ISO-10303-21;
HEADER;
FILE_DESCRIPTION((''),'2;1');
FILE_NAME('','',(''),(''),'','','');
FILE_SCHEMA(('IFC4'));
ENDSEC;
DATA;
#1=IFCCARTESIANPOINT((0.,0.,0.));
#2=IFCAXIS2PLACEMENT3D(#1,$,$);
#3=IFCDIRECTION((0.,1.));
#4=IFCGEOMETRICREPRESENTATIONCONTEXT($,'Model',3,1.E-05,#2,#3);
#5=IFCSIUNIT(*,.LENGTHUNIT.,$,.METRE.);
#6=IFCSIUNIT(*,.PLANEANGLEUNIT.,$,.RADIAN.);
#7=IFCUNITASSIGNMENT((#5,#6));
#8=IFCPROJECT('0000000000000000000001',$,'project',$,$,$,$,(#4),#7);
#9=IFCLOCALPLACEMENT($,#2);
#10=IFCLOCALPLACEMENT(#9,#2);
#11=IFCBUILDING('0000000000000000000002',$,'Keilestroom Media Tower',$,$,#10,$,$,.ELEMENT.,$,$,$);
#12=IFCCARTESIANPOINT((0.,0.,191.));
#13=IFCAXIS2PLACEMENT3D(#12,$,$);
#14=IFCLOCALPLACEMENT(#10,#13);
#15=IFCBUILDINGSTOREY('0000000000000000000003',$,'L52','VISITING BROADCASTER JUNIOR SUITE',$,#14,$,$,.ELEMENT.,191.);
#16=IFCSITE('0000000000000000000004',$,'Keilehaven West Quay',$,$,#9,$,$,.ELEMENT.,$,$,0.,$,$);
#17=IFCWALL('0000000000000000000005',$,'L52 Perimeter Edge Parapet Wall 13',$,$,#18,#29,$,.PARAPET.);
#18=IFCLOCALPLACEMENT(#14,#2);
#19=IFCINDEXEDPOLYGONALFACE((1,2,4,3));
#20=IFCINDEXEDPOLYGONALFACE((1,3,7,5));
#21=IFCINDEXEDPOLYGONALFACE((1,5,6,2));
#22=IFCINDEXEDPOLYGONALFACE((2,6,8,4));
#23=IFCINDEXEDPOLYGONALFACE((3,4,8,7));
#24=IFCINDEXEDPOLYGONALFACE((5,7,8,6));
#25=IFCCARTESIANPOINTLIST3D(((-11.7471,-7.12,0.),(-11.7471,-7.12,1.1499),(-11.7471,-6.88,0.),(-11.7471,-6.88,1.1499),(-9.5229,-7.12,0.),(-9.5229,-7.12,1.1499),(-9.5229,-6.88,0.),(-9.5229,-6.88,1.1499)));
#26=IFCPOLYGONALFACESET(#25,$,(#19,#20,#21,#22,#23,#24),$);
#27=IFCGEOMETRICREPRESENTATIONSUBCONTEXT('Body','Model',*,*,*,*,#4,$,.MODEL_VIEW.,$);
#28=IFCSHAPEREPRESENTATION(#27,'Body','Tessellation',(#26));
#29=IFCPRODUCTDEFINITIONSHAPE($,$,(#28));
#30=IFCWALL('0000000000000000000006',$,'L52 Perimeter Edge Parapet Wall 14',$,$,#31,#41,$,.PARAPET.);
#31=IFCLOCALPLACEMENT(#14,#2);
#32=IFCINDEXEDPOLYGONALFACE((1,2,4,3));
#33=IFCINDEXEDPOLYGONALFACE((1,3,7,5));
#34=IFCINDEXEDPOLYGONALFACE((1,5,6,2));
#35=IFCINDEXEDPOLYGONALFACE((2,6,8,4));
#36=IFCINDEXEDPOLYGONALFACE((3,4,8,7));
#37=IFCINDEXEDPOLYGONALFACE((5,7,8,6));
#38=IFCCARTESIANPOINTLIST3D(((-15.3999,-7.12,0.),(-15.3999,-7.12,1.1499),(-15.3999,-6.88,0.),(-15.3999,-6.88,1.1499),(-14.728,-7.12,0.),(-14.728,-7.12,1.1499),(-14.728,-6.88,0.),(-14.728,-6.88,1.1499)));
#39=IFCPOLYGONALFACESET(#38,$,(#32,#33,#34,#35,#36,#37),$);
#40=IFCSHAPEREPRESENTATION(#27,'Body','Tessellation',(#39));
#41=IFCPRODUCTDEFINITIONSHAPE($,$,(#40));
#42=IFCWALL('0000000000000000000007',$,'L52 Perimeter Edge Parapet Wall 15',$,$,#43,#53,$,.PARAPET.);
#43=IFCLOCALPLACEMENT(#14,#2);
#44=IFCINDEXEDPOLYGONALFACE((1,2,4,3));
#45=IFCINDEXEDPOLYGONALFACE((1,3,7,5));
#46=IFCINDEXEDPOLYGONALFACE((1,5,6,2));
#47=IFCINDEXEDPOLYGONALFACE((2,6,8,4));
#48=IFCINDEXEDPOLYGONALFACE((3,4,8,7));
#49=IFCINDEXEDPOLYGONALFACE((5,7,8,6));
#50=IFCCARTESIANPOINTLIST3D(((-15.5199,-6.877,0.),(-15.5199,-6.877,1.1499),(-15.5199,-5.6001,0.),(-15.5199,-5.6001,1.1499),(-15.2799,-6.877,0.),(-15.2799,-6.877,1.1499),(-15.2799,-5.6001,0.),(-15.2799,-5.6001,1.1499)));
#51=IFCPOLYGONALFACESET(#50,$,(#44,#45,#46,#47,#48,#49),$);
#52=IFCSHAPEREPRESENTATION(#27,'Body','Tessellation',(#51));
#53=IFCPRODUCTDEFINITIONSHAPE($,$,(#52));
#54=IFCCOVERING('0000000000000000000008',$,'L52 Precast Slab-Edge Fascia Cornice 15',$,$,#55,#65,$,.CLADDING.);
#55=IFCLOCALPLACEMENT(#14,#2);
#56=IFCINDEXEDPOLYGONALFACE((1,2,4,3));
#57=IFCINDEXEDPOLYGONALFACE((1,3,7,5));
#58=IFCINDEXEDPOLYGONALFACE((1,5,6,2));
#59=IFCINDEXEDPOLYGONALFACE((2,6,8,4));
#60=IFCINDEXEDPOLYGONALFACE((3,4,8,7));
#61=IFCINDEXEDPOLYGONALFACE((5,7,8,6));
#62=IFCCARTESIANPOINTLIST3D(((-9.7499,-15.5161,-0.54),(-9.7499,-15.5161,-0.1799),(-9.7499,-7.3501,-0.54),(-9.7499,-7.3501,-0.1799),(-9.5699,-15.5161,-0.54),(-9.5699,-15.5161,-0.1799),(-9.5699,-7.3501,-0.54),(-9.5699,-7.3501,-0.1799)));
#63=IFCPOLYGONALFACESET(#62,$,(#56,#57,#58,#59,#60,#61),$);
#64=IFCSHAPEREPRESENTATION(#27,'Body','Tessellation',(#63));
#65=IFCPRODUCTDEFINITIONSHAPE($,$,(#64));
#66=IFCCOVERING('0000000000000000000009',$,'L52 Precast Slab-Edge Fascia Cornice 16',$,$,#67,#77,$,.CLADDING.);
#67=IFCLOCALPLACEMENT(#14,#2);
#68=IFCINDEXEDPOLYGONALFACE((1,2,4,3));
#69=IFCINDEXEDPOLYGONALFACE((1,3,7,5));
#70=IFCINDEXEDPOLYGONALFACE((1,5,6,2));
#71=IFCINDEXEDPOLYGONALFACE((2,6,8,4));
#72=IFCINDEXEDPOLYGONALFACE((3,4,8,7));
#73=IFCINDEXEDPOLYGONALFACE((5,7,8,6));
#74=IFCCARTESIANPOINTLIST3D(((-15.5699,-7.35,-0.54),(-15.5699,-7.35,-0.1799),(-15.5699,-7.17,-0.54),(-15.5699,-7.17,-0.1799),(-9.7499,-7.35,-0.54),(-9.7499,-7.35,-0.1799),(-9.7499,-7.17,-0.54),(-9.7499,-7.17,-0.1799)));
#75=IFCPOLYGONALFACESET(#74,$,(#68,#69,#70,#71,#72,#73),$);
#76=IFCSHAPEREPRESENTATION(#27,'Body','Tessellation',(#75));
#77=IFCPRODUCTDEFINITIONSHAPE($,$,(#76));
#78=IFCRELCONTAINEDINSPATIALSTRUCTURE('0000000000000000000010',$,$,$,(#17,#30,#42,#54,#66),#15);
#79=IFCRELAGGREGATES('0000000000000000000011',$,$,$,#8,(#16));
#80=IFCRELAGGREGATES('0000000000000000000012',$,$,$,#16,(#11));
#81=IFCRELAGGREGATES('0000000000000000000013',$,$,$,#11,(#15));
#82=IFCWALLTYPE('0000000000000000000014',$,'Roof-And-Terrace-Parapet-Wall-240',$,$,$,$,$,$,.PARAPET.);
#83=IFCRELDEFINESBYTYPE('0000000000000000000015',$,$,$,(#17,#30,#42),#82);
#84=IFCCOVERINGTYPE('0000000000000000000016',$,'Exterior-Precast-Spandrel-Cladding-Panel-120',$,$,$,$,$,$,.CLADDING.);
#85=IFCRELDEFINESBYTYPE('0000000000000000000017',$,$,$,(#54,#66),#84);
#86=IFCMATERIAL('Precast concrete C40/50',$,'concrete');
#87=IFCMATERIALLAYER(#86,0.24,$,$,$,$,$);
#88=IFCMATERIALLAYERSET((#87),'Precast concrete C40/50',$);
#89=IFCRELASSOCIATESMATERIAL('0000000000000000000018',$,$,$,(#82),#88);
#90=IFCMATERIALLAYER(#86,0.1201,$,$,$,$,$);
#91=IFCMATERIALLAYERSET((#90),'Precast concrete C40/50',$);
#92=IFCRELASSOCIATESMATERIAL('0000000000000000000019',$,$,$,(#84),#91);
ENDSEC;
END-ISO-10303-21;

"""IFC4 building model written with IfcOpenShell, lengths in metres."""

from ifc_helpers import new_model, si_unit, direction, frame, frame_2d, origin, origin_2d, place, context, subcontext, project, spatial, rectangle, extrude, source, transform, mapped, material, layer, layer_set, type_object, element, save


model = new_model("IFC4")

# Units and contexts
model_context = context("Model", 3, precision=1e-05, world=origin(), true_north=direction((0.0, 1.0)))
body_context = subcontext(model_context, "Body", "Model", "MODEL_VIEW")
ifc_project = project(units=[si_unit("LENGTHUNIT", "METRE"), si_unit("PLANEANGLEUNIT", "RADIAN")], contexts=[model_context])

# Site, building, storey
site_placement = place(None, origin())
site = spatial("IfcSite", under=ifc_project, at=site_placement, Name="Keilehaven West Quay", CompositionType="ELEMENT", RefElevation=0.0)
building_placement = place(site_placement, origin())
building = spatial("IfcBuilding", under=site, at=building_placement, Name="Keilestroom Media Tower", CompositionType="ELEMENT")
storey_placement = place(building_placement, frame((0.0, 0.0, 191.0)))
storey = spatial("IfcBuildingStorey", under=building, at=storey_placement, Name="L52", Description="VISITING BROADCASTER JUNIOR SUITE", CompositionType="ELEMENT", Elevation=191.0)

# Shared definitions
ifc_material_1 = material(Name="Precast concrete C40/50", Category="concrete")

# Walls
ifc_layer_1 = layer(ifc_material_1, 0.24)
ifc_layer_set_1 = layer_set([ifc_layer_1], Name="Precast concrete C40/50")
wall_type_1 = type_object("IfcWallType", Name="Roof-And-Terrace-Parapet-Wall-240", PredefinedType="PARAPET", material=ifc_layer_set_1)
wall_1_placement = place(storey_placement, frame((-9.5229, -7.0, 0.0), z_axis=(0.0, 0.0, 1.0), x_axis=(-1.0, 0.0, 0.0)))
element("IfcWall", 1, at=wall_1_placement, inside=storey, type_object=wall_type_1, Name="L52 Perimeter Edge Parapet Wall 13", PredefinedType="PARAPET", context=body_context, shape_type="SweptSolid", body=[
    extrude(rectangle(XDim=2.2241, YDim=0.24, at=frame_2d((1.1121, 0.0))), origin(), (0.0, 0.0, 1.0), 1.1499),
])
wall_2_placement = place(storey_placement, frame((-14.728, -7.0, 0.0), z_axis=(0.0, 0.0, 1.0), x_axis=(-1.0, 0.0, 0.0)))
element("IfcWall", 2, at=wall_2_placement, inside=storey, type_object=wall_type_1, Name="L52 Perimeter Edge Parapet Wall 14", PredefinedType="PARAPET", context=body_context, shape_type="SweptSolid", body=[
    extrude(rectangle(XDim=0.6719, YDim=0.24, at=frame_2d((0.3359, 0.0))), origin(), (0.0, 0.0, 1.0), 1.1499),
])
wall_3_placement = place(storey_placement, frame((-15.3999, -6.877, 0.0), z_axis=(0.0, 0.0, 1.0), x_axis=(0.0, 1.0, 0.0)))
element("IfcWall", 3, at=wall_3_placement, inside=storey, type_object=wall_type_1, Name="L52 Perimeter Edge Parapet Wall 15", PredefinedType="PARAPET", context=body_context, shape_type="SweptSolid", body=[
    extrude(rectangle(XDim=1.2769, YDim=0.24, at=frame_2d((0.6384, 0.0))), origin(), (0.0, 0.0, 1.0), 1.1499),
])

# Coverings
ifc_layer_2 = layer(ifc_material_1, 0.1201)
ifc_layer_set_2 = layer_set([ifc_layer_2], Name="Precast concrete C40/50")
covering_type = type_object("IfcCoveringType", Name="Exterior-Precast-Spandrel-Cladding-Panel-120", PredefinedType="CLADDING", material=ifc_layer_set_2)
shared_shape_1 = source(origin(), body_context, "Body", "SweptSolid", [
    extrude(rectangle(XDim=8.166, YDim=0.1799, at=origin_2d()), origin(), (0.0, 0.0, 1.0), 0.3601),
])
covering_1_placement = place(storey_placement, frame((-9.6599, -11.4331, -0.54), z_axis=(0.0, 0.0, 1.0), x_axis=(0.0, 1.0, 0.0)))
element("IfcCovering", 4, at=covering_1_placement, inside=storey, type_object=covering_type, Name="L52 Precast Slab-Edge Fascia Cornice 15", PredefinedType="CLADDING", context=body_context, shape_type="MappedRepresentation", body=[
    mapped(shared_shape_1, transform((0.0, 0.0, 0.0), x_axis=(1.0, 0.0, 0.0), y_axis=(0.0, 1.0, 0.0), z_axis=(0.0, 0.0, 1.0), scale=1.0)),
])
shared_shape_2 = source(origin(), body_context, "Body", "SweptSolid", [
    extrude(rectangle(XDim=5.8201, YDim=0.1799, at=origin_2d()), origin(), (0.0, 0.0, 1.0), 0.3601),
])
covering_2_placement = place(storey_placement, frame((-12.6599, -7.26, -0.54), z_axis=(0.0, 0.0, 1.0), x_axis=(-1.0, 0.0, 0.0)))
element("IfcCovering", 5, at=covering_2_placement, inside=storey, type_object=covering_type, Name="L52 Precast Slab-Edge Fascia Cornice 16", PredefinedType="CLADDING", context=body_context, shape_type="MappedRepresentation", body=[
    mapped(shared_shape_2, transform((0.0, 0.0, 0.0), x_axis=(1.0, 0.0, 0.0), y_axis=(0.0, 1.0, 0.0), z_axis=(0.0, 0.0, 1.0), scale=1.0)),
])

save(model, "model.ifc")
